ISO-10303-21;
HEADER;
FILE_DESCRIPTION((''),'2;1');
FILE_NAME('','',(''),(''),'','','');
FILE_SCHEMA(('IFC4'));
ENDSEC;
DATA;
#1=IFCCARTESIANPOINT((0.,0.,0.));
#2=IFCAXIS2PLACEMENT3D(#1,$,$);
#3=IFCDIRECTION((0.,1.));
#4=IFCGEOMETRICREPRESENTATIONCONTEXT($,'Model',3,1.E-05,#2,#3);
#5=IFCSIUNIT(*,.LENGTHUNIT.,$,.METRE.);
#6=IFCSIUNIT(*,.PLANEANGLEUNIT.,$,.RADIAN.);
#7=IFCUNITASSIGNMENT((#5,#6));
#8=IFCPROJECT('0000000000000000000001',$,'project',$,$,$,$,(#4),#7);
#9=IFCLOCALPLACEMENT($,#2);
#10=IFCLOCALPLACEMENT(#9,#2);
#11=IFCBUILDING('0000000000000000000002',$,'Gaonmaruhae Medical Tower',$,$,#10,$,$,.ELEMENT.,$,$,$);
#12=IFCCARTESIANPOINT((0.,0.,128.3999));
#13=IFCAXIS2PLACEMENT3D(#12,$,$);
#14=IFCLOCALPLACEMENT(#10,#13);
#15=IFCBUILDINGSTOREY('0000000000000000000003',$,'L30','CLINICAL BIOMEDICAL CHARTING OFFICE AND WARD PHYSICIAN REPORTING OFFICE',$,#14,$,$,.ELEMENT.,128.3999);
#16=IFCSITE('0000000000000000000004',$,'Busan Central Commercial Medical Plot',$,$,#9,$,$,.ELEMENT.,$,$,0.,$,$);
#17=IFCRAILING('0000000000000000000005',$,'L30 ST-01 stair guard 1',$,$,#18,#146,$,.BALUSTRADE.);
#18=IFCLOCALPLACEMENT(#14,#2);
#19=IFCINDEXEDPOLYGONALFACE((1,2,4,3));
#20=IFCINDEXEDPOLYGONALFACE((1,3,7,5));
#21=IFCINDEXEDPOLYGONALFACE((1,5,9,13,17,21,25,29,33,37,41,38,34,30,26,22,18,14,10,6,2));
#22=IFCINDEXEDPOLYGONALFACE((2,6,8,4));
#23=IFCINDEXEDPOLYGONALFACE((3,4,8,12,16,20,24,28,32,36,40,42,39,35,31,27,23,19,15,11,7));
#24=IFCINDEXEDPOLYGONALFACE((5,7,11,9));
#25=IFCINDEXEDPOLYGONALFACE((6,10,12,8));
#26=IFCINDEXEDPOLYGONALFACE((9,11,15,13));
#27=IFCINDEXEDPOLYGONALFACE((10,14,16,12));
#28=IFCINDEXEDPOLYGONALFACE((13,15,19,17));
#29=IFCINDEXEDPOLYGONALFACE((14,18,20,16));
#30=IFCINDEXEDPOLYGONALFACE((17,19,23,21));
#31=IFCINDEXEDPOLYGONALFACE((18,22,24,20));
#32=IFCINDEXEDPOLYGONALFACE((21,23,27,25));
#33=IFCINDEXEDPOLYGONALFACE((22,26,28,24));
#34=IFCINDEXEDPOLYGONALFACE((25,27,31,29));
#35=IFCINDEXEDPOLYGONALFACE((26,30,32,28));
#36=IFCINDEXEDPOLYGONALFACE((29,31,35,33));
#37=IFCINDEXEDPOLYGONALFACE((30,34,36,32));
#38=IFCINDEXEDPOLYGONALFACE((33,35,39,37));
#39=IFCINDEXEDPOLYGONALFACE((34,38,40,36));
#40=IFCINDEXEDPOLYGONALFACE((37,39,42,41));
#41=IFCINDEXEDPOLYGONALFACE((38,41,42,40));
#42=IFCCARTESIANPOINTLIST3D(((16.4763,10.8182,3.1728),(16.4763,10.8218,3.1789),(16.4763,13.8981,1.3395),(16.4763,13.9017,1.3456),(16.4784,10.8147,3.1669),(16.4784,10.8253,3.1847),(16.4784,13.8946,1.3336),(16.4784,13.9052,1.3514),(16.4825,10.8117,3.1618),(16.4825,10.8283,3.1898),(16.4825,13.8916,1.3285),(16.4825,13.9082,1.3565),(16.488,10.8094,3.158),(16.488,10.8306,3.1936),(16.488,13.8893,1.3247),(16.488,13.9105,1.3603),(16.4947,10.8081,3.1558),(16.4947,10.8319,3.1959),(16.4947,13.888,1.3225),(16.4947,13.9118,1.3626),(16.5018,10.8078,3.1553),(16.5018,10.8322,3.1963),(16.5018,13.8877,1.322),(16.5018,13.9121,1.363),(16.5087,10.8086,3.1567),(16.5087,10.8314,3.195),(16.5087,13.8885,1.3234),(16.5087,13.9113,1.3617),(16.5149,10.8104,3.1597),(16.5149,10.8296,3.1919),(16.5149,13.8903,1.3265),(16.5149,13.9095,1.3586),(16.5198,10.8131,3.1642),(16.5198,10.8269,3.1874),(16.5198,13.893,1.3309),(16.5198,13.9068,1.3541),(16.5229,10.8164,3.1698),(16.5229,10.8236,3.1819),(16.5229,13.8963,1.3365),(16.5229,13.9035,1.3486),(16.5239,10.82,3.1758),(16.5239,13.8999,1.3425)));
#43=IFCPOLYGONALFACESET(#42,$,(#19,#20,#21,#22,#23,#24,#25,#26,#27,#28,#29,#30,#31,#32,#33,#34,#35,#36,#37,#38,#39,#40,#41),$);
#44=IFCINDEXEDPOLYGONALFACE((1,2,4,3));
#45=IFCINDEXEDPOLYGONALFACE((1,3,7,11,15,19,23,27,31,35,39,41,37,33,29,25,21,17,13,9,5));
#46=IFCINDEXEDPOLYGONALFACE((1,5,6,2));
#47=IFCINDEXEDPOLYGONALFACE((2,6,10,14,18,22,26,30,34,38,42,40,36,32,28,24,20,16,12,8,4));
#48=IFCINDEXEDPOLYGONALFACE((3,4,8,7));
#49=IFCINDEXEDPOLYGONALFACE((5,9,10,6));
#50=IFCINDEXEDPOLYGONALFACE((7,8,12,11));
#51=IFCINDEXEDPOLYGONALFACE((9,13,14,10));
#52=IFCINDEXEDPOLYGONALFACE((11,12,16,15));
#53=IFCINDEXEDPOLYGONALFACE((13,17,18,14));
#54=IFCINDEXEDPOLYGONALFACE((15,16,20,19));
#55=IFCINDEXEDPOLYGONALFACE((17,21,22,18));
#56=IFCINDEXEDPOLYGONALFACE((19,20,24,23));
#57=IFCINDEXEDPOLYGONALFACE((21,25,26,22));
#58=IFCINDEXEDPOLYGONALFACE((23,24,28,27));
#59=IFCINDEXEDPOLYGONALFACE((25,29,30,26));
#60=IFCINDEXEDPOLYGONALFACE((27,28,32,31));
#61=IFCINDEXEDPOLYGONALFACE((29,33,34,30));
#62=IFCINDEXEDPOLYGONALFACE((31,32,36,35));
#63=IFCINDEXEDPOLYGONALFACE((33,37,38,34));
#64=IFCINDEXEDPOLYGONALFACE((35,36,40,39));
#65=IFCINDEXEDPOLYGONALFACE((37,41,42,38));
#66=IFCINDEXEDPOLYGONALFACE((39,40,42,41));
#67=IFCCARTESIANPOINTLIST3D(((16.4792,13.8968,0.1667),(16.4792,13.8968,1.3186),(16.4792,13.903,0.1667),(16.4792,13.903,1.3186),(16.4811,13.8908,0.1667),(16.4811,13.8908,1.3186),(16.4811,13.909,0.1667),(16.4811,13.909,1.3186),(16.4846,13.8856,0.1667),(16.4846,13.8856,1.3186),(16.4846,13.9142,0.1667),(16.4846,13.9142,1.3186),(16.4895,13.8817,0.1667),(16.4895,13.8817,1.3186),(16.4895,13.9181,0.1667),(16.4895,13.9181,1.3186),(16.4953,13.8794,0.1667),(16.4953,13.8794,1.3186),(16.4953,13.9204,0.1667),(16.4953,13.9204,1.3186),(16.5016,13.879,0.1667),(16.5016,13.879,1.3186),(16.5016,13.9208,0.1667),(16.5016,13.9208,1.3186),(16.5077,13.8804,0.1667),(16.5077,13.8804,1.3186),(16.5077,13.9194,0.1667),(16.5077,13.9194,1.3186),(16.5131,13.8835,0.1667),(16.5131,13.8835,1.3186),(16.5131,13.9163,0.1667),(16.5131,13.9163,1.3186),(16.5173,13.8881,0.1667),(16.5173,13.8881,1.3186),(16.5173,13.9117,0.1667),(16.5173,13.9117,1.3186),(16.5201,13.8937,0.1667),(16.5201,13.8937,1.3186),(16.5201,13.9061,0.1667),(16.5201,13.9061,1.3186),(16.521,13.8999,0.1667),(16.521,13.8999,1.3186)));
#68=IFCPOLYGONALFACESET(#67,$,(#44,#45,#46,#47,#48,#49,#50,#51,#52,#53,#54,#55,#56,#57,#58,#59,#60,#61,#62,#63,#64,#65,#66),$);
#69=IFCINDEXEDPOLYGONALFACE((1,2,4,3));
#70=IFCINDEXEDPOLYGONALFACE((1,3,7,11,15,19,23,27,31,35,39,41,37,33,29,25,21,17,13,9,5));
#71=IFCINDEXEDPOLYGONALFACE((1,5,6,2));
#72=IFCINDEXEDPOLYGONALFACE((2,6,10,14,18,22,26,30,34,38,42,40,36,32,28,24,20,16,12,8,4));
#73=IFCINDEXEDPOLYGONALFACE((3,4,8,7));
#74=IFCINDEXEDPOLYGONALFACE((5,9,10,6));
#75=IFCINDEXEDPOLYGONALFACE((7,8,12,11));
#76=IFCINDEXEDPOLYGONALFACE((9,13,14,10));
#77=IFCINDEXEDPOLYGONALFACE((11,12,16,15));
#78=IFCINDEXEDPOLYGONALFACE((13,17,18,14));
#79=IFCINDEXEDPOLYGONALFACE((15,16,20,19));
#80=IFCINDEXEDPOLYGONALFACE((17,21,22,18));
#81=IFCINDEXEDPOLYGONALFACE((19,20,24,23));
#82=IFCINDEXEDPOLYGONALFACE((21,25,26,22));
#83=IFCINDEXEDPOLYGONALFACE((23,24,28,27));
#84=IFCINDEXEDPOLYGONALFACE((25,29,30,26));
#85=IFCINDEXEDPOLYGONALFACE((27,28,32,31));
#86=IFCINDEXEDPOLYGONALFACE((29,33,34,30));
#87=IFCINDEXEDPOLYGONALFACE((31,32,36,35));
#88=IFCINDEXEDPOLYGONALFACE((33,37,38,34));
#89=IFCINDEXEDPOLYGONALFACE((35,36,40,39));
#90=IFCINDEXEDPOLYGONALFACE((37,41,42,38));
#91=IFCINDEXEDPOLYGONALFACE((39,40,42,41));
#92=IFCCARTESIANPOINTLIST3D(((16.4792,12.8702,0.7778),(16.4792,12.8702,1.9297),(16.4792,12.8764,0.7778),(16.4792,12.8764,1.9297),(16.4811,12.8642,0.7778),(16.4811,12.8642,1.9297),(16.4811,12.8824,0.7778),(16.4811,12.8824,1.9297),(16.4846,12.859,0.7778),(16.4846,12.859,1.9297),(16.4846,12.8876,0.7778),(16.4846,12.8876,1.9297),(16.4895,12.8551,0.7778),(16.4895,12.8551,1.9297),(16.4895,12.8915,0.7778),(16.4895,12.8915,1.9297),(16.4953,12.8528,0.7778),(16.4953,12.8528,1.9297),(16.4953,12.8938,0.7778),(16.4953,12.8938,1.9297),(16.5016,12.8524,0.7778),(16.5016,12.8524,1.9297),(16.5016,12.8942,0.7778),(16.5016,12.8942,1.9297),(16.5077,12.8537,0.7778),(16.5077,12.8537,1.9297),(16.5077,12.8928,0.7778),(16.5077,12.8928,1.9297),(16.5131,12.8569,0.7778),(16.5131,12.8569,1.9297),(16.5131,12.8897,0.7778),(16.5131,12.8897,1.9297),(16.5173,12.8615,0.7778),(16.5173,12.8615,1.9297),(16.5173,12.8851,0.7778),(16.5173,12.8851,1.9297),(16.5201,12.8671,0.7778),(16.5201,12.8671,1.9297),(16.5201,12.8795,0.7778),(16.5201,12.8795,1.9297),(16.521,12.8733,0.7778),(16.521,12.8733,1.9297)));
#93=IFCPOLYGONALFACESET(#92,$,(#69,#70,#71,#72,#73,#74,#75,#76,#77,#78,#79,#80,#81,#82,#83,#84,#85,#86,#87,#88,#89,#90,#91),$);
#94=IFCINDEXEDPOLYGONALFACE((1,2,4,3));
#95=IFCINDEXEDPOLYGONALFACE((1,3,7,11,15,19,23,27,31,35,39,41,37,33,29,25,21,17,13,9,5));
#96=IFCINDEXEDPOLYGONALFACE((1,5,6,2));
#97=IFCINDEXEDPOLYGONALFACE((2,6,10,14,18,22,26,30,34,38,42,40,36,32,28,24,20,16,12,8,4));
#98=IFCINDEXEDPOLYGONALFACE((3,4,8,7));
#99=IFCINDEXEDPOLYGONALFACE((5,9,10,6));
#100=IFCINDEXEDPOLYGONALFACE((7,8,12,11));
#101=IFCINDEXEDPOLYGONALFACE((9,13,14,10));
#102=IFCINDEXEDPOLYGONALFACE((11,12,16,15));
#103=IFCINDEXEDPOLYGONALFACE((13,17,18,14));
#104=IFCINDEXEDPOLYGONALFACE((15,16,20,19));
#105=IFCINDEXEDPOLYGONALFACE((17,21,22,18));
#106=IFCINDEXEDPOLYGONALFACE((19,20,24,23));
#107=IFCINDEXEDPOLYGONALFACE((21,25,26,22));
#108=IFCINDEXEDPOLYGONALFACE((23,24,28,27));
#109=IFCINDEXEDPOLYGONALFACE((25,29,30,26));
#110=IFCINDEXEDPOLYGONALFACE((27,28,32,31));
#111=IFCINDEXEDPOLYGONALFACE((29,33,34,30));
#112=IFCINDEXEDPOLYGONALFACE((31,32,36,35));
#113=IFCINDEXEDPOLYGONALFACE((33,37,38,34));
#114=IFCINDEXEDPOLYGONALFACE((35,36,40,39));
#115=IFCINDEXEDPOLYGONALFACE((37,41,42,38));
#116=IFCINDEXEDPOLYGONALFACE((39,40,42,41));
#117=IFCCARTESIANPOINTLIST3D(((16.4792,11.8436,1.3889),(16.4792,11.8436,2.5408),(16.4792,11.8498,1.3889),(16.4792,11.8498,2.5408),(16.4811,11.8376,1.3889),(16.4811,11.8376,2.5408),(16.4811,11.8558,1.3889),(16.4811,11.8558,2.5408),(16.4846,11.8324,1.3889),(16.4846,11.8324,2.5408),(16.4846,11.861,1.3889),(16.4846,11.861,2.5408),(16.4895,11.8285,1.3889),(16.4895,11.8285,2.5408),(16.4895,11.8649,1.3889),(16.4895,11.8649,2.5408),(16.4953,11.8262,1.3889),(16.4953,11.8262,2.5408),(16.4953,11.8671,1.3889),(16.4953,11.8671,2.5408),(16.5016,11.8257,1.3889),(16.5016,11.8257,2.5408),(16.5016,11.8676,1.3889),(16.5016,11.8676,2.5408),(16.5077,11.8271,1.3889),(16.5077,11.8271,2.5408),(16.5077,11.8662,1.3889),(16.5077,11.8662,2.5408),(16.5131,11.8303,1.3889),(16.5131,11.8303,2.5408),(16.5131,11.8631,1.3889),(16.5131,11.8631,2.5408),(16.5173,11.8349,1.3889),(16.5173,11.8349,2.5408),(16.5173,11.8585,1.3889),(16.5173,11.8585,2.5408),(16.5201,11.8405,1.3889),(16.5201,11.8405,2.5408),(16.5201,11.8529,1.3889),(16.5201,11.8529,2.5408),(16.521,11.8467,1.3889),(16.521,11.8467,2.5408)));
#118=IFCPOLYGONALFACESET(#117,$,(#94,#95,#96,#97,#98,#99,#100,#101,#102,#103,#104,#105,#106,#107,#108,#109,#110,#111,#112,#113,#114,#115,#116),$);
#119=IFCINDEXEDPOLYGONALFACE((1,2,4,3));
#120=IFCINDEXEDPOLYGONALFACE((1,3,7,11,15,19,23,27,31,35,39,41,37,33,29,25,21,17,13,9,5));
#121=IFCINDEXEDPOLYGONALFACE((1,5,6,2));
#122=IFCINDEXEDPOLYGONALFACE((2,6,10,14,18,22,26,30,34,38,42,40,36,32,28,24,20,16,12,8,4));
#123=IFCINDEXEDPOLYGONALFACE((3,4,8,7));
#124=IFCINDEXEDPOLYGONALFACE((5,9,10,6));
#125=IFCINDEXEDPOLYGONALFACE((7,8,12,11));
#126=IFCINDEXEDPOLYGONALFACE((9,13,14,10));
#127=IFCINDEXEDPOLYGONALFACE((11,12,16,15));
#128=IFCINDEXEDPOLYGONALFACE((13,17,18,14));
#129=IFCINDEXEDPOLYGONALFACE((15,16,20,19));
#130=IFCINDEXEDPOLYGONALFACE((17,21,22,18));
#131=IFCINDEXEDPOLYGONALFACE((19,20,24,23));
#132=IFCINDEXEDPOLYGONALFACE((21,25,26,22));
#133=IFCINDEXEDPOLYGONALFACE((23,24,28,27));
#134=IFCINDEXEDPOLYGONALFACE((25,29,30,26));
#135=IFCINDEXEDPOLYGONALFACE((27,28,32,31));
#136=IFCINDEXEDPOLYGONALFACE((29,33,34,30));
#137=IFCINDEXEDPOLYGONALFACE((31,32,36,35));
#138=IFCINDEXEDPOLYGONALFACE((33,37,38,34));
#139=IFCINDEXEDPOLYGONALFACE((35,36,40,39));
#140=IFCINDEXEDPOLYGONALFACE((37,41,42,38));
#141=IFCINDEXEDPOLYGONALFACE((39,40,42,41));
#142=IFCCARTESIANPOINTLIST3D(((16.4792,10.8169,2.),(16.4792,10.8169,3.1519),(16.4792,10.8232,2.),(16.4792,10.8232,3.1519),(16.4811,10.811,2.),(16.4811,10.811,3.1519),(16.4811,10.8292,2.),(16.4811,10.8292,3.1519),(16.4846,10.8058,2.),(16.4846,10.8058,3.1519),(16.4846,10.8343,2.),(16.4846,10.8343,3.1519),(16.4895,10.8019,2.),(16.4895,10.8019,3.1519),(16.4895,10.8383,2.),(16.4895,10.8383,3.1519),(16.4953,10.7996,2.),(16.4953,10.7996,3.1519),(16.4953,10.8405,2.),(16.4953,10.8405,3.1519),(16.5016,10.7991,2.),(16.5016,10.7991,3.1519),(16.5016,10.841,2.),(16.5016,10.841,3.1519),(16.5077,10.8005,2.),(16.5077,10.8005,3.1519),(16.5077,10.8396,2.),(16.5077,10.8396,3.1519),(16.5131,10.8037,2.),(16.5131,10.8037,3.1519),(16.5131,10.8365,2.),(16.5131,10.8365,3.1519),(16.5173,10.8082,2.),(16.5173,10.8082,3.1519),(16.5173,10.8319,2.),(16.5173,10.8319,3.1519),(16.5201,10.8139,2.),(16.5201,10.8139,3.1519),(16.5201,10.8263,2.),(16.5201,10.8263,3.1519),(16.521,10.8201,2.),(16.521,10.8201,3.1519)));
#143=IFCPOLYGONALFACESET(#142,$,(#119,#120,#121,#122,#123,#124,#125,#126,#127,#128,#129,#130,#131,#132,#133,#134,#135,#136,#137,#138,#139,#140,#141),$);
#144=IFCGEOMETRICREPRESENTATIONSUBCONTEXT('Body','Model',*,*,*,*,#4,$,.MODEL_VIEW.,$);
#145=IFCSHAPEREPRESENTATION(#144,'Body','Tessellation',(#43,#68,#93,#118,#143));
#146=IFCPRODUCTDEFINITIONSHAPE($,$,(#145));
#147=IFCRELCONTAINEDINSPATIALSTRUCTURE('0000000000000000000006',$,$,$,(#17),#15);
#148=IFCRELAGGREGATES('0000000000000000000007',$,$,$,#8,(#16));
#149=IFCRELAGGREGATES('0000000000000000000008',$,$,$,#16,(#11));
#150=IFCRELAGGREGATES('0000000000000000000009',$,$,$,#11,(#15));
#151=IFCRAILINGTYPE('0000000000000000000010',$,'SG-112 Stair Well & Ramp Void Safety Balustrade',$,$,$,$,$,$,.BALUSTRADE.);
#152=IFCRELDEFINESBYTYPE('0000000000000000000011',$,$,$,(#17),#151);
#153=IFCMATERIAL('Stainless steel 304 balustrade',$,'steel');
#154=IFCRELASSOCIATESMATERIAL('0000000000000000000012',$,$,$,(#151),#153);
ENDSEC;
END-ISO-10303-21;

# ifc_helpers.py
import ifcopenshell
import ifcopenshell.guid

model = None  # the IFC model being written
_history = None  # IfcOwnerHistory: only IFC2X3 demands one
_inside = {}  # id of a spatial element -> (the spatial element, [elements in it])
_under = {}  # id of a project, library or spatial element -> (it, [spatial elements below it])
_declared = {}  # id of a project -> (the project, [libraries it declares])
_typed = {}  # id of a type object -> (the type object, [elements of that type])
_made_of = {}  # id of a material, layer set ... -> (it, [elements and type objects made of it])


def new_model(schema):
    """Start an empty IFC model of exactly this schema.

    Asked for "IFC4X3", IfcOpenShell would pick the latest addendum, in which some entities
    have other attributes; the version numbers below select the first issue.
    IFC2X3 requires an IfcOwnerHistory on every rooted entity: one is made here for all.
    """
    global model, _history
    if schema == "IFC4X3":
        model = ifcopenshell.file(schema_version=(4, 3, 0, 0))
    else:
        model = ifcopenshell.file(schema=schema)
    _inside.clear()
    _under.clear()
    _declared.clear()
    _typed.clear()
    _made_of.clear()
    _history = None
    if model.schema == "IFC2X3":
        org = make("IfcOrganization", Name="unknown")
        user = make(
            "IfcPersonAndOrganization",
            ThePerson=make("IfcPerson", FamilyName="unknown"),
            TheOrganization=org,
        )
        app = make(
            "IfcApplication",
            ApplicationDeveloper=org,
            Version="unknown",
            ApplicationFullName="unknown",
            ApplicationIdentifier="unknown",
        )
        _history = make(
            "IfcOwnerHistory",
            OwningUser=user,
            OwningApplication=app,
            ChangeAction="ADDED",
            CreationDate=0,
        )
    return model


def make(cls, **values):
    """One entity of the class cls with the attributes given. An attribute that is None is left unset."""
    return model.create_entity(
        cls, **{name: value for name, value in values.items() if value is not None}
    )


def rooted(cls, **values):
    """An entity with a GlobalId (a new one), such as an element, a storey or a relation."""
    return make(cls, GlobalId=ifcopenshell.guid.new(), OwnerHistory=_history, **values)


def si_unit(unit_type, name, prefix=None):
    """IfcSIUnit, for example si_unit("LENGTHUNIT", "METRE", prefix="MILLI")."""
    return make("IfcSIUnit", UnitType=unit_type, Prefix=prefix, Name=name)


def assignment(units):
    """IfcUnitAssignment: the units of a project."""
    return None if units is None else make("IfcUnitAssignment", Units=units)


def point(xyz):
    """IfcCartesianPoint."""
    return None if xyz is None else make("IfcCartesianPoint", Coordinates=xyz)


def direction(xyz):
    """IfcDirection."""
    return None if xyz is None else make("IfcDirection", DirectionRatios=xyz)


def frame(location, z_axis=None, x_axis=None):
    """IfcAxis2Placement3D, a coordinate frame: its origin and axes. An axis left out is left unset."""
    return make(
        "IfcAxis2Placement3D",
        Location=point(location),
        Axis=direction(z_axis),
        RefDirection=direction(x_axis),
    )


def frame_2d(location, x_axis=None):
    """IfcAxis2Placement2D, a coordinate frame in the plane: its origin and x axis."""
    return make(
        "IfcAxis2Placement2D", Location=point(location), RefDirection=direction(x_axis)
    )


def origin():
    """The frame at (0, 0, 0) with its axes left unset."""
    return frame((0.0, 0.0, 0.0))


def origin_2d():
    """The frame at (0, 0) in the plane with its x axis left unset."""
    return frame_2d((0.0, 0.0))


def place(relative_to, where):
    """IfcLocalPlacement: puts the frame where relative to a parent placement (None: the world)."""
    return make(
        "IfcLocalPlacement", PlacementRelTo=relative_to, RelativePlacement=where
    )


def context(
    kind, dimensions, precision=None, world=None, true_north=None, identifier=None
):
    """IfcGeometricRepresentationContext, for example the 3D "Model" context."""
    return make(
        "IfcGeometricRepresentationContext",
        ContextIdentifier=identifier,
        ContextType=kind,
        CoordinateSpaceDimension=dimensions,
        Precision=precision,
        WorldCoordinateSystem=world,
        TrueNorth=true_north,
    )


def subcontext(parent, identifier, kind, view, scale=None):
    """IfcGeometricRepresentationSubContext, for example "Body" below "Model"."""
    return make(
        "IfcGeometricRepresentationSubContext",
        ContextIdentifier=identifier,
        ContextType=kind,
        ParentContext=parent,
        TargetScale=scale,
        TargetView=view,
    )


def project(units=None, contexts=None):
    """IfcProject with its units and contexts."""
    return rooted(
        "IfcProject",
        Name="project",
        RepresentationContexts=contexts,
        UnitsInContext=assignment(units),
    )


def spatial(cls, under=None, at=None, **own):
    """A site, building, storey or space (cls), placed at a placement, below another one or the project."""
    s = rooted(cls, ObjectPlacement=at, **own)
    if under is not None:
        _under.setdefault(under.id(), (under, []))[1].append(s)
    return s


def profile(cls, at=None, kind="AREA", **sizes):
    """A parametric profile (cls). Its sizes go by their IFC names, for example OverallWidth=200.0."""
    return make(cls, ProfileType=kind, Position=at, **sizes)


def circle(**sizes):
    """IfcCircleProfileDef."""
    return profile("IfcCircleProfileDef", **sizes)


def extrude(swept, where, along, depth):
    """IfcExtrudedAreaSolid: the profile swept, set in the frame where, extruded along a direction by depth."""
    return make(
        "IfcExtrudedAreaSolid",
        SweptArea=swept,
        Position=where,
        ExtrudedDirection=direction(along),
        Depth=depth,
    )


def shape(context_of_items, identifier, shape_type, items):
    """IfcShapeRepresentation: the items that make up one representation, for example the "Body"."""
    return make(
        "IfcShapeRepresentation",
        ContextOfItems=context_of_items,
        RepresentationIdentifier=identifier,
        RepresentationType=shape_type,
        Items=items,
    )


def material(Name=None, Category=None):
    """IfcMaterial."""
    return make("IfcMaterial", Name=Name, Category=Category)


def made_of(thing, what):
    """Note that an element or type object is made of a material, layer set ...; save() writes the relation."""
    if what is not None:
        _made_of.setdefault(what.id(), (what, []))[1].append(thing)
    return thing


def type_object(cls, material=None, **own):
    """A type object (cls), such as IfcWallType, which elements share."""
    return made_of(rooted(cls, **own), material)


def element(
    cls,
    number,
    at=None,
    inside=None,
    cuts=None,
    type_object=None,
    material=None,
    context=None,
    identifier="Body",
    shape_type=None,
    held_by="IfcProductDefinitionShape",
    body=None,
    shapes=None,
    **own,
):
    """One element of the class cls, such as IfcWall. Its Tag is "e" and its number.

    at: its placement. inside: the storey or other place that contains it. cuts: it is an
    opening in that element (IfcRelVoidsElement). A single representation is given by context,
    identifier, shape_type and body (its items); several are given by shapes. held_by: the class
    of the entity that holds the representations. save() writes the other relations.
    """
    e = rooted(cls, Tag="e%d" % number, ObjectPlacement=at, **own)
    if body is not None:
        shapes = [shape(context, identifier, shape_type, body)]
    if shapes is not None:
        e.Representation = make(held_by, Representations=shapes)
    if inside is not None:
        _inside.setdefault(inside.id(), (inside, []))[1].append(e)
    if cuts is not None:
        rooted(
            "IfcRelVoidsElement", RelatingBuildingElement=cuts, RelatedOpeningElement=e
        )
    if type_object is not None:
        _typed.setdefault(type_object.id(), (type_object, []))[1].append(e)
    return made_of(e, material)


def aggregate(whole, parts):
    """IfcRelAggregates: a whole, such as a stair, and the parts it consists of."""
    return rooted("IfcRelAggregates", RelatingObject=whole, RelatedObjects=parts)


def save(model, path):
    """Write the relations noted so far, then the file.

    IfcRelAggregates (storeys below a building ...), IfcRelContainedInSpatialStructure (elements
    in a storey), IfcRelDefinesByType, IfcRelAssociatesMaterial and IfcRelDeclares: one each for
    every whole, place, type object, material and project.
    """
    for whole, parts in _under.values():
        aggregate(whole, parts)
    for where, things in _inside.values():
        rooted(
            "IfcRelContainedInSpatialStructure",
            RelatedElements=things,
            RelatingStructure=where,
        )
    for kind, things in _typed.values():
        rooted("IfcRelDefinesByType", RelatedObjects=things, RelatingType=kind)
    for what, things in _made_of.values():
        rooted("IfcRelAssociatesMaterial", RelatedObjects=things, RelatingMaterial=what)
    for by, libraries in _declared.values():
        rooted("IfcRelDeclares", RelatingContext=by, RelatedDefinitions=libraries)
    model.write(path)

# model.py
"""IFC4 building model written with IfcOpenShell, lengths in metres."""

from ifc_helpers import new_model, si_unit, direction, frame, origin, origin_2d, place, context, subcontext, project, spatial, circle, extrude, material, type_object, element, save


model = new_model("IFC4")

# Units and contexts
model_context = context("Model", 3, precision=1e-05, world=origin(), true_north=direction((0.0, 1.0)))
body_context = subcontext(model_context, "Body", "Model", "MODEL_VIEW")
ifc_project = project(units=[si_unit("LENGTHUNIT", "METRE"), si_unit("PLANEANGLEUNIT", "RADIAN")], contexts=[model_context])

# Site, building, storey
site_placement = place(None, origin())
site = spatial("IfcSite", under=ifc_project, at=site_placement, Name="Busan Central Commercial Medical Plot", CompositionType="ELEMENT", RefElevation=0.0)
building_placement = place(site_placement, origin())
building = spatial("IfcBuilding", under=site, at=building_placement, Name="Gaonmaruhae Medical Tower", CompositionType="ELEMENT")
storey_placement = place(building_placement, frame((0.0, 0.0, 128.3999)))
storey = spatial("IfcBuildingStorey", under=building, at=storey_placement, Name="L30", Description="CLINICAL BIOMEDICAL CHARTING OFFICE AND WARD PHYSICIAN REPORTING OFFICE", CompositionType="ELEMENT", Elevation=128.3999)

# Railing
ifc_material_1 = material(Name="Stainless steel 304 balustrade", Category="steel")
railing_type_1 = type_object("IfcRailingType", Name="SG-112 Stair Well & Ramp Void Safety Balustrade", PredefinedType="BALUSTRADE", material=ifc_material_1)
railing_1_placement = place(storey_placement, frame((16.5, 13.8999, 0.1667)))
element("IfcRailing", 1, at=railing_1_placement, inside=storey, type_object=railing_type_1, Name="L30 ST-01 stair guard 1", PredefinedType="BALUSTRADE", context=body_context, shape_type="SweptSolid", body=[
    extrude(circle(Radius=0.0239, at=origin_2d()), frame((0.0, 0.0, 1.1758), z_axis=(0.0, -0.859291, 0.511487), x_axis=(1.0, 0.0, 0.0)), (0.0, 0.0, 1.0), 3.5842),
    extrude(circle(Radius=0.021, at=origin_2d()), origin(), (0.0, 0.0, 1.0), 1.1519),
    extrude(circle(Radius=0.021, at=origin_2d()), frame((0.0, -1.0266, 0.6111)), (0.0, 0.0, 1.0), 1.1519),
    extrude(circle(Radius=0.021, at=origin_2d()), frame((0.0, -2.0532, 1.2222)), (0.0, 0.0, 1.0), 1.1519),
    extrude(circle(Radius=0.021, at=origin_2d()), frame((0.0, -3.0798, 1.8333)), (0.0, 0.0, 1.0), 1.1519),
])

save(model, "model.ifc")
